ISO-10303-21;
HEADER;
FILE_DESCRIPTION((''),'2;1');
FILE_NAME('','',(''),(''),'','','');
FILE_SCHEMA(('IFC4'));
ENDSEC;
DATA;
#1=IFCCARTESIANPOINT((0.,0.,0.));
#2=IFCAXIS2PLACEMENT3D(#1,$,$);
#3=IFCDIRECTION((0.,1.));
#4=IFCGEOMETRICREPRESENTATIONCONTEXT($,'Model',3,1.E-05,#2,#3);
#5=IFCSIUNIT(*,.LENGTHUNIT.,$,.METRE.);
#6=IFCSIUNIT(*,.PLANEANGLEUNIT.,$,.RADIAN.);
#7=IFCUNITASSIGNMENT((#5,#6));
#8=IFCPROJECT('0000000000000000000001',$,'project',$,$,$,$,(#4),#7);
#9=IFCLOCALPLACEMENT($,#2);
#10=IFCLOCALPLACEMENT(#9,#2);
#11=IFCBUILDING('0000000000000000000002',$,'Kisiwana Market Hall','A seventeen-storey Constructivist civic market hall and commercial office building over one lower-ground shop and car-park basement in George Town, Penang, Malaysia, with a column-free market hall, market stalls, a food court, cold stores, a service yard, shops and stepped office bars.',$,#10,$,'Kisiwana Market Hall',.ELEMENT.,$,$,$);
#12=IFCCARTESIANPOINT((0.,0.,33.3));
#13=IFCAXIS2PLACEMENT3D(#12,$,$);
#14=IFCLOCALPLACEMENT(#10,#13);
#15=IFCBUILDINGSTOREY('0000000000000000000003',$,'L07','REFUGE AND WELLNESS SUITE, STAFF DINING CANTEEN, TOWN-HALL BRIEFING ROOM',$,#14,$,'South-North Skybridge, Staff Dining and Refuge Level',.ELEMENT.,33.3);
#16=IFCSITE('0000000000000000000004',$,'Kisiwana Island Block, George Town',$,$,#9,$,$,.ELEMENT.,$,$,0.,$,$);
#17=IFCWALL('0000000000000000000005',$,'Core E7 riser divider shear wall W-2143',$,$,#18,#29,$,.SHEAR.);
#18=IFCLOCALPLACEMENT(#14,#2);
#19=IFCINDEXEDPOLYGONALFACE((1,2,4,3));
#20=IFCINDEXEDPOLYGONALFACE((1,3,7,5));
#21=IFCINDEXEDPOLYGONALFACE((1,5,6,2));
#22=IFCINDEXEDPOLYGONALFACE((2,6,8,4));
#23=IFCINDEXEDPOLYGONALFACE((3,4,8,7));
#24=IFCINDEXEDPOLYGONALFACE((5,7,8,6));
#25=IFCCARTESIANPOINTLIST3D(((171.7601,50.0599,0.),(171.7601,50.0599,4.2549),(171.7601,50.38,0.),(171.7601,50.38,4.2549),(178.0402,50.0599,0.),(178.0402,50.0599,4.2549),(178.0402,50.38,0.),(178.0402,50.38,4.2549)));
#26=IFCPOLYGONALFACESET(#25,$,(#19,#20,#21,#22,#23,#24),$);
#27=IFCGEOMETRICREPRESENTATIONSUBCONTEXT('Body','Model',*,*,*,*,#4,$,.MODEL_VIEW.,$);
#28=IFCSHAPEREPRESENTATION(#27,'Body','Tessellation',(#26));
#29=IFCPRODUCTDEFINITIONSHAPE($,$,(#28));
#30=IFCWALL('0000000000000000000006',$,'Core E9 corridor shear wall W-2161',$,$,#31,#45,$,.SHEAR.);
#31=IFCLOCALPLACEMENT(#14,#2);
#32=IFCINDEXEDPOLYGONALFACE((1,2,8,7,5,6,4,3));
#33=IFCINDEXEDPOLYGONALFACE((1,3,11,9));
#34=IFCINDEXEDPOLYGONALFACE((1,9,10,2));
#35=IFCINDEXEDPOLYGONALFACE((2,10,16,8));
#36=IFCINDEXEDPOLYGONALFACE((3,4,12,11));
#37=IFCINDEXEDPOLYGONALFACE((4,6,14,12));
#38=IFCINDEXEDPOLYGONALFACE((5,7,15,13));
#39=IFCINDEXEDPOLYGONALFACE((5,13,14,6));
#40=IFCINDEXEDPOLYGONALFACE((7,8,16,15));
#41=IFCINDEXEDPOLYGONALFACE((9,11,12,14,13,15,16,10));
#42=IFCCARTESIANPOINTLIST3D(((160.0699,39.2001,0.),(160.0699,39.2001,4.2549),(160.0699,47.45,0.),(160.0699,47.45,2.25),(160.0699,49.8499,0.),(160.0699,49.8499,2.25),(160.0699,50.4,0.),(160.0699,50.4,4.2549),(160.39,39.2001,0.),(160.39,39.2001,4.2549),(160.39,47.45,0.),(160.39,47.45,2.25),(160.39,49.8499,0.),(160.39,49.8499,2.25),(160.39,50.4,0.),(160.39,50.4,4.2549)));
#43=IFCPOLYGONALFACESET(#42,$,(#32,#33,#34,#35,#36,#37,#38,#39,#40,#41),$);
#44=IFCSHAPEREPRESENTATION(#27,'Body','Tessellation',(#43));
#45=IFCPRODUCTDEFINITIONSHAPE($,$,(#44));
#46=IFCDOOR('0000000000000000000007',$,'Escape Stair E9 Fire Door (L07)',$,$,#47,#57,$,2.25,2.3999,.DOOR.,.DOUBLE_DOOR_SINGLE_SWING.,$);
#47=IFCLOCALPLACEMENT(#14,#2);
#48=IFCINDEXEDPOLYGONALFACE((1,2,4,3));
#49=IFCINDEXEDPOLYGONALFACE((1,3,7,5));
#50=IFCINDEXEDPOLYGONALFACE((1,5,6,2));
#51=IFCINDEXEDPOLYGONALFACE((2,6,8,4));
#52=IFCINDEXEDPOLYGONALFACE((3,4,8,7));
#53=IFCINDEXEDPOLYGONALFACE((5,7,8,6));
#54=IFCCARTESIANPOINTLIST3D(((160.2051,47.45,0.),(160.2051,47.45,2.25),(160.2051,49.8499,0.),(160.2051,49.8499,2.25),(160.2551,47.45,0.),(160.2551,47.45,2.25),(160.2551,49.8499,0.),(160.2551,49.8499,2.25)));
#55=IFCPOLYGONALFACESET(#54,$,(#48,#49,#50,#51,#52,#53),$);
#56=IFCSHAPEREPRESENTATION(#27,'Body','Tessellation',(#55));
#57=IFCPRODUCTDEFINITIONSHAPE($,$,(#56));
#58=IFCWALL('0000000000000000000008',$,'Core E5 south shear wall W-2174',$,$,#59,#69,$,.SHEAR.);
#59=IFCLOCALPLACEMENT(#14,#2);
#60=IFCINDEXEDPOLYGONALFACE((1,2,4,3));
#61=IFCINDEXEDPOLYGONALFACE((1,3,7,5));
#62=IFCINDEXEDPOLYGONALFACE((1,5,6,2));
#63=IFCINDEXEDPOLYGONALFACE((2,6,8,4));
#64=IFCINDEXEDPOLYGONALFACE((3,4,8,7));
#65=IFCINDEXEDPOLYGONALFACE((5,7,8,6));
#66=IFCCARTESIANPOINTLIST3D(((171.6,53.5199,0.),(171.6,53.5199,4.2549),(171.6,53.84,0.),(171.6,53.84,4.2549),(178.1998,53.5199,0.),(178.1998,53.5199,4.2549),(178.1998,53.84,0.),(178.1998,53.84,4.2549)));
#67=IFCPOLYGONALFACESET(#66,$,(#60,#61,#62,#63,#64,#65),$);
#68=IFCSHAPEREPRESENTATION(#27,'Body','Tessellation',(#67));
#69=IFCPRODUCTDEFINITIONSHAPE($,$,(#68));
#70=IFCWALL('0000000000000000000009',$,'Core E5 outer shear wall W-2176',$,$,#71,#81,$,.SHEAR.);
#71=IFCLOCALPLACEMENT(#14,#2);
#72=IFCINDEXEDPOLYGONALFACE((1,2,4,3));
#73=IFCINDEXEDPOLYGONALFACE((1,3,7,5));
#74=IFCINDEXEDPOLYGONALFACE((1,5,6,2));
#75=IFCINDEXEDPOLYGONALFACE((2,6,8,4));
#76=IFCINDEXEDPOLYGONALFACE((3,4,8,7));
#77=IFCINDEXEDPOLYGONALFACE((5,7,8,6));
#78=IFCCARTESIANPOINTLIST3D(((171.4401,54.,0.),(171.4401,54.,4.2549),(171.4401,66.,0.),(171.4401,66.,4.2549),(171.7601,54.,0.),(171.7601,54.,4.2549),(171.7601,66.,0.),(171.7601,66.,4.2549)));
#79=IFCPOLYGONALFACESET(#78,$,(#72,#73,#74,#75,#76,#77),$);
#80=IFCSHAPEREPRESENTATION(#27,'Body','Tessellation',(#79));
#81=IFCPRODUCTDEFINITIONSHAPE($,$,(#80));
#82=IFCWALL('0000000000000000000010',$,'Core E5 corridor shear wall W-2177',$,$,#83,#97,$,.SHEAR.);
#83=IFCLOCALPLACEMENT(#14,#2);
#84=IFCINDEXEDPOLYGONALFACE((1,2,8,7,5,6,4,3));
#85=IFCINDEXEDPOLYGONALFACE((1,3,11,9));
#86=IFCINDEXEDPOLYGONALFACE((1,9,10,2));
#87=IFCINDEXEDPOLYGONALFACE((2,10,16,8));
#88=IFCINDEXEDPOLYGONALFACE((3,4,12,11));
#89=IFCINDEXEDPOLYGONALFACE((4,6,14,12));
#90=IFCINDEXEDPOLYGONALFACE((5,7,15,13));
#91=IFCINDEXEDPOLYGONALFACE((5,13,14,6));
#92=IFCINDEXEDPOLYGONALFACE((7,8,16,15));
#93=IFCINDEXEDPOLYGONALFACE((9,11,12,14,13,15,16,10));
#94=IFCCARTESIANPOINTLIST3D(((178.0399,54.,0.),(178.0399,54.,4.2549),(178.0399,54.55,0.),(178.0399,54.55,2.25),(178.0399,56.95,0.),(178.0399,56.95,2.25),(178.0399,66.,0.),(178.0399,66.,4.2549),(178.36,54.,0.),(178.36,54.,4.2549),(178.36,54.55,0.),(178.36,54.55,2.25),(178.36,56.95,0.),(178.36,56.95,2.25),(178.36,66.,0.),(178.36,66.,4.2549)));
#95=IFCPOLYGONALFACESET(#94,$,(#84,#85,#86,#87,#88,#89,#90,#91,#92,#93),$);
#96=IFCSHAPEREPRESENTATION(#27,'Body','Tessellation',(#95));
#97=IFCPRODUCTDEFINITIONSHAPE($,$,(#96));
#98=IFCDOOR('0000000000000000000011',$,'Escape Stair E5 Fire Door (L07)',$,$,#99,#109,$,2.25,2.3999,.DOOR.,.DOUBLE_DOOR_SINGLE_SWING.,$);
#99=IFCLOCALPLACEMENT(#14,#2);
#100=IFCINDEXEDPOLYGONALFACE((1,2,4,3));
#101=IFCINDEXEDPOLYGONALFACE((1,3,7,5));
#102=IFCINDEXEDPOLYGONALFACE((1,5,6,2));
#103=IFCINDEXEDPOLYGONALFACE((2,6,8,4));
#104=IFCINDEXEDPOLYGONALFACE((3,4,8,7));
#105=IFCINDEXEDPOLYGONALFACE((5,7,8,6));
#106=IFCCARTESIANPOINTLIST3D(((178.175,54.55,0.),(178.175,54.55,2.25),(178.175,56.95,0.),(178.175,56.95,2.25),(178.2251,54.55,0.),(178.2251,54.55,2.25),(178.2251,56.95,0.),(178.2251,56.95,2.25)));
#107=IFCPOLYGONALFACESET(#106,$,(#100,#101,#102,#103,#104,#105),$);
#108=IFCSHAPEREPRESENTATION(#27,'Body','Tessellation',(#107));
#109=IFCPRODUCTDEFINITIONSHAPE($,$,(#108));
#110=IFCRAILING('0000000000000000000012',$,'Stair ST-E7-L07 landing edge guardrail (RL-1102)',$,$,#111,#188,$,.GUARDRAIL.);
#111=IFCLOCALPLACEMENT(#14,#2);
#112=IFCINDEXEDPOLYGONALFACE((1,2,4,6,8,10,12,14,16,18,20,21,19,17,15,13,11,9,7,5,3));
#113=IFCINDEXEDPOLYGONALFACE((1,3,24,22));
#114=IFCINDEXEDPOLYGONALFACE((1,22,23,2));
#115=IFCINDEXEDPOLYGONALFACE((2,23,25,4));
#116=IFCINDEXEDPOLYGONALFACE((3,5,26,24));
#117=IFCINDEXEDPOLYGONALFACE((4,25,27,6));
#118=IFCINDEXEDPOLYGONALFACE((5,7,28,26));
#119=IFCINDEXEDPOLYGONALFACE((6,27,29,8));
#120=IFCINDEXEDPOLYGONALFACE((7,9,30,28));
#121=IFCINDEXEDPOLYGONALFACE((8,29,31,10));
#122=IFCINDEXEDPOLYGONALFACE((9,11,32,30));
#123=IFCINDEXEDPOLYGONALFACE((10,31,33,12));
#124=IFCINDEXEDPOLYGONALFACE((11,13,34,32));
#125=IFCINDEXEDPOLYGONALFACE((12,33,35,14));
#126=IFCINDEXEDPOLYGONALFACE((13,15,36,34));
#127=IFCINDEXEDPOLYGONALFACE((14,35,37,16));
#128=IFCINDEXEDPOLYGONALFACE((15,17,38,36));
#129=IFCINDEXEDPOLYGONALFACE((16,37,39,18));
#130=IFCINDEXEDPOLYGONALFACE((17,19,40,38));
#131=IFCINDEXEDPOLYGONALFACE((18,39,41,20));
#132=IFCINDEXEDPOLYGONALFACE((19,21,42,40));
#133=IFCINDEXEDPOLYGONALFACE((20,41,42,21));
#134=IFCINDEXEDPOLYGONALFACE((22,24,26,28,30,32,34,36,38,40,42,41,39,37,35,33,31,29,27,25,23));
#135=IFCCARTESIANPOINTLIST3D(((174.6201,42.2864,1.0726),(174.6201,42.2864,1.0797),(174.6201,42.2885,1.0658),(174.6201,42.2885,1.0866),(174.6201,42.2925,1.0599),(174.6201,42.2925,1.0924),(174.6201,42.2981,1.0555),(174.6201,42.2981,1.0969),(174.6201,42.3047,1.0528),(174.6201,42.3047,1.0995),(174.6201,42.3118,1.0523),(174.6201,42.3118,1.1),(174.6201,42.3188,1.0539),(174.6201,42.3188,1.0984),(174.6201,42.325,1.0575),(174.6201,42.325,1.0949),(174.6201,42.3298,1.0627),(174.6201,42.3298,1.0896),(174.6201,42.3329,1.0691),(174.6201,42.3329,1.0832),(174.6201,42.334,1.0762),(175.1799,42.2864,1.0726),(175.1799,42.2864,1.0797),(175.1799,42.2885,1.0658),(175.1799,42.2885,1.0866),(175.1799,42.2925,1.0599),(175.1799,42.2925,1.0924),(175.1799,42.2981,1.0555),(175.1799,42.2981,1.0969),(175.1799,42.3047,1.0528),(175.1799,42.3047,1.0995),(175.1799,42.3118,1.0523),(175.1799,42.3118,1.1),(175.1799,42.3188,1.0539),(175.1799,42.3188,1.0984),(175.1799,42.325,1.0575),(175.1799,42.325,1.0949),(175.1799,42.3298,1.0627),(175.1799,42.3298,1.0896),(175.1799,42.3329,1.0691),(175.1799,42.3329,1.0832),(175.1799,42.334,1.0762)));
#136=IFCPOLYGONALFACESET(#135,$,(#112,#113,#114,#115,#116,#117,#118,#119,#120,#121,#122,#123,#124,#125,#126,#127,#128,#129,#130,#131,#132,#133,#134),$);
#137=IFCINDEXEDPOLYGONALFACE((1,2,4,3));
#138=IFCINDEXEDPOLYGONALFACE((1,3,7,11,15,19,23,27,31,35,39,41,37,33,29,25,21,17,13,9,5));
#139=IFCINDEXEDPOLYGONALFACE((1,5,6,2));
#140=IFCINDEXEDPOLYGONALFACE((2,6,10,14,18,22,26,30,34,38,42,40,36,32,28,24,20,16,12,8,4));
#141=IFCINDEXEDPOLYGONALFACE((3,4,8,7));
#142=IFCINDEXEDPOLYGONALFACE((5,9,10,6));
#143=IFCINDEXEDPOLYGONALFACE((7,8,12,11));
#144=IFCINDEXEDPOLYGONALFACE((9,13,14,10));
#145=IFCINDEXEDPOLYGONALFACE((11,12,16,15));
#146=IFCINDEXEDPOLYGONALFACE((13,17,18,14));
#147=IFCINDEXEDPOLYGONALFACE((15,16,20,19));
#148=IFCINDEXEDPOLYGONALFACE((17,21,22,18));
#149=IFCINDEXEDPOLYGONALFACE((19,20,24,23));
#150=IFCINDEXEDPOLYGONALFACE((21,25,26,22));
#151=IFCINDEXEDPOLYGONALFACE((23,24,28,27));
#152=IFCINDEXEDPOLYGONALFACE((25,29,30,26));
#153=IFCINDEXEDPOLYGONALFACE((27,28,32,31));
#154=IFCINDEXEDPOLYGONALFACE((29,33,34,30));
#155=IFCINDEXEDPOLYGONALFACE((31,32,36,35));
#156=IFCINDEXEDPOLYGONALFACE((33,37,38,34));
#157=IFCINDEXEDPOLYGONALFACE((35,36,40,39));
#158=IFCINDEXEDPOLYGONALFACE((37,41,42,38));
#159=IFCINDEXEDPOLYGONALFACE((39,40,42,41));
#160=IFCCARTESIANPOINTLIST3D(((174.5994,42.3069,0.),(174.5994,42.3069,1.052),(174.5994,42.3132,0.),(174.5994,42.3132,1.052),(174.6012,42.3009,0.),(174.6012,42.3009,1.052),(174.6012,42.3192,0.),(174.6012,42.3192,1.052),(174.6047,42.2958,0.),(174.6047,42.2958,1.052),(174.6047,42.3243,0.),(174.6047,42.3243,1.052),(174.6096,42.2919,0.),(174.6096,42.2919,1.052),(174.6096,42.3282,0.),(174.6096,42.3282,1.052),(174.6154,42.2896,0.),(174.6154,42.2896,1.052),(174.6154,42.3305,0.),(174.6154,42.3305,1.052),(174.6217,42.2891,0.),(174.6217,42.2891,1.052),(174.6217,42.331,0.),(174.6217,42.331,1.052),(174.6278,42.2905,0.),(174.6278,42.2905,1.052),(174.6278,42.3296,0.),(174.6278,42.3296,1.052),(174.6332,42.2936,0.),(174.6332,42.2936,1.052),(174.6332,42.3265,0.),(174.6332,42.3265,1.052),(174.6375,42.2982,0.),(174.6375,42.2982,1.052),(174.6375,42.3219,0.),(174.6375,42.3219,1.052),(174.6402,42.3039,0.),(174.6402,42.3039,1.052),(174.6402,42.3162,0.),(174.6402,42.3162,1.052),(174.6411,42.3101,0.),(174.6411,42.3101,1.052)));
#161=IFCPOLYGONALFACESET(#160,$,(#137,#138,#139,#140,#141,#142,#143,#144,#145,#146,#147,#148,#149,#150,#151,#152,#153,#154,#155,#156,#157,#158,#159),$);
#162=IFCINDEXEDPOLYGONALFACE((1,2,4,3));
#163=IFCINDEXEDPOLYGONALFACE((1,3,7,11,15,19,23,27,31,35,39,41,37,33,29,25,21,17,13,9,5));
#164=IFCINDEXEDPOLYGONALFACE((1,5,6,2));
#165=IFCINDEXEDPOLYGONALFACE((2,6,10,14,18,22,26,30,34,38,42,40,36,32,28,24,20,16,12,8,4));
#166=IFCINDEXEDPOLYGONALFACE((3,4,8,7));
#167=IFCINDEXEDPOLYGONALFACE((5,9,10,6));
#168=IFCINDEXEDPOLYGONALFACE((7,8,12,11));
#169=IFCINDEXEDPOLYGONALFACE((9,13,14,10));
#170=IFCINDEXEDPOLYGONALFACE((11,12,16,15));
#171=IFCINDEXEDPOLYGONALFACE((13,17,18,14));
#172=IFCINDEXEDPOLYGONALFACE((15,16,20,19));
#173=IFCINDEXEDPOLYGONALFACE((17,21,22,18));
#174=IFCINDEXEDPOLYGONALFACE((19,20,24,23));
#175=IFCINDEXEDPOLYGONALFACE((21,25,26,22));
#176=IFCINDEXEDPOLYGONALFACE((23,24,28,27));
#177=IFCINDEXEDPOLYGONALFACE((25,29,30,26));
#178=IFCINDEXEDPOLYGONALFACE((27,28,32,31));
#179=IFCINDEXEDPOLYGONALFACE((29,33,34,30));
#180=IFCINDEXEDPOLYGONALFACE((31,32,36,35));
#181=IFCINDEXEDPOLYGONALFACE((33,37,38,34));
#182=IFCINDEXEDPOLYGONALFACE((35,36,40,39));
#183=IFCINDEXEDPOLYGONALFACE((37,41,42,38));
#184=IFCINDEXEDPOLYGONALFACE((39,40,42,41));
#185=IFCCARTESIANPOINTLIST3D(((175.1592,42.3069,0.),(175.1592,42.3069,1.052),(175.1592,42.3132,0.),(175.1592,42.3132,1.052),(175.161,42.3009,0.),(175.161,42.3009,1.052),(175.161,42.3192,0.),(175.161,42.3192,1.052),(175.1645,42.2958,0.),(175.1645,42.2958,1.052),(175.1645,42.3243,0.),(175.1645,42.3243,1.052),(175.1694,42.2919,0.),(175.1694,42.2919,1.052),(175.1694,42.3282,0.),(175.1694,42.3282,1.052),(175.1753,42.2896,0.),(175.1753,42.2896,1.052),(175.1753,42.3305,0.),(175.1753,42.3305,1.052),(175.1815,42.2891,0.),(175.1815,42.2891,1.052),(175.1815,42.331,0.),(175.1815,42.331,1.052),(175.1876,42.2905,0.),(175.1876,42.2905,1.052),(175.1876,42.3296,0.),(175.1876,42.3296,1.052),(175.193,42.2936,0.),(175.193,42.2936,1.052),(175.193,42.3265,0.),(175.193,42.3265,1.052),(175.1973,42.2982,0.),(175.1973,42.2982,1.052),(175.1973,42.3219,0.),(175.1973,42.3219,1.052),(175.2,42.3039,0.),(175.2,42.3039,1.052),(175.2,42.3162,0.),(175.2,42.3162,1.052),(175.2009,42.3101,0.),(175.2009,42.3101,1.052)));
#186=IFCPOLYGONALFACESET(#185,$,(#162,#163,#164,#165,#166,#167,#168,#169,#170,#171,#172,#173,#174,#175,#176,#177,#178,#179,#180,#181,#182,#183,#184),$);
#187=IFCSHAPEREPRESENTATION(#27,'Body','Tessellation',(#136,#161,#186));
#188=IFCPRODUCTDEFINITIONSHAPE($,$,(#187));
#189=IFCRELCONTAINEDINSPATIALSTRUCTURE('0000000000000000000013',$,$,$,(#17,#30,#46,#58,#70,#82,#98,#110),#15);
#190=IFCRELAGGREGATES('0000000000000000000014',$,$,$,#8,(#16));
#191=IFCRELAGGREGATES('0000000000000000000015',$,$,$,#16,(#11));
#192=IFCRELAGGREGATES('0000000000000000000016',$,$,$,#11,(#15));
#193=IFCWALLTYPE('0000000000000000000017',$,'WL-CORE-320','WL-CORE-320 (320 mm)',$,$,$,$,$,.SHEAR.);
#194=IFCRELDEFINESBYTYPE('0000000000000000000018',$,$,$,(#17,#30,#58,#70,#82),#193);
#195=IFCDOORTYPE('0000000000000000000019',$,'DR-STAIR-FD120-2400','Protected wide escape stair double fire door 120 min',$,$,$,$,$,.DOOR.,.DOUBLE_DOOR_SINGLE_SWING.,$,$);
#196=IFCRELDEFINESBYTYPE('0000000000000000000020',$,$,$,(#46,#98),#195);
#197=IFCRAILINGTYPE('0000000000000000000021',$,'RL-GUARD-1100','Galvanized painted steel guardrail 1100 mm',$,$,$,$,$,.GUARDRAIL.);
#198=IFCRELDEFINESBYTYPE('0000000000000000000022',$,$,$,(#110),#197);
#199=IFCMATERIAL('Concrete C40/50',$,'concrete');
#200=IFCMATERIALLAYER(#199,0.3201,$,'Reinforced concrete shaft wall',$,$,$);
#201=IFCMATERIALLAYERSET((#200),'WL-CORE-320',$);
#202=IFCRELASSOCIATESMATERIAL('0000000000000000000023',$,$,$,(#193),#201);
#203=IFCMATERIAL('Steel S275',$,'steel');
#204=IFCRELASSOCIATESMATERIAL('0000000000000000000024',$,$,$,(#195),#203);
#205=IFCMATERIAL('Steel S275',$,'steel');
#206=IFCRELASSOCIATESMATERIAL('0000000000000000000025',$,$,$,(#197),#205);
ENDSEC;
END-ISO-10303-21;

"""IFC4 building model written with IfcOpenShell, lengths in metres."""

from ifc_helpers import new_model, si_unit, direction, frame, frame_2d, origin, origin_2d, place, context, subcontext, project, spatial, rectangle, circle, extrude, material, layer, layer_set, type_object, element, fill, save


model = new_model("IFC4")

# Units and contexts
model_context = context("Model", 3, precision=1e-05, world=origin(), true_north=direction((0.0, 1.0)))
body_context = subcontext(model_context, "Body", "Model", "MODEL_VIEW")
ifc_project = project(units=[si_unit("LENGTHUNIT", "METRE"), si_unit("PLANEANGLEUNIT", "RADIAN")], contexts=[model_context])

# Site, building, storey
site_placement = place(None, origin())
site = spatial("IfcSite", under=ifc_project, at=site_placement, Name="Kisiwana Island Block, George Town", CompositionType="ELEMENT", RefElevation=0.0)
building_placement = place(site_placement, origin())
building = spatial("IfcBuilding", under=site, at=building_placement, Name="Kisiwana Market Hall", Description="A seventeen-storey Constructivist civic market hall and commercial office building over one lower-ground shop and car-park basement in George Town, Penang, Malaysia, with a column-free market hall, market stalls, a food court, cold stores, a service yard, shops and stepped office bars.", LongName="Kisiwana Market Hall", CompositionType="ELEMENT")
storey_placement = place(building_placement, frame((0.0, 0.0, 33.3)))
storey = spatial("IfcBuildingStorey", under=building, at=storey_placement, Name="L07", Description="REFUGE AND WELLNESS SUITE, STAFF DINING CANTEEN, TOWN-HALL BRIEFING ROOM", LongName="South-North Skybridge, Staff Dining and Refuge Level", CompositionType="ELEMENT", Elevation=33.3)

# Shared definitions
ifc_material_1 = material(Name="Concrete C40/50", Category="concrete")
ifc_layer = layer(ifc_material_1, 0.3201, Name="Reinforced concrete shaft wall")
ifc_layer_set = layer_set([ifc_layer], Name="WL-CORE-320")
wall_type = type_object("IfcWallType", Name="WL-CORE-320", Description="WL-CORE-320 (320 mm)", PredefinedType="SHEAR", material=ifc_layer_set)

# Shared definitions
ifc_material_2 = material(Name="Steel S275", Category="steel")
door_type = type_object("IfcDoorType", Name="DR-STAIR-FD120-2400", Description="Protected wide escape stair double fire door 120 min", OperationType="DOUBLE_DOOR_SINGLE_SWING", PredefinedType="DOOR", material=ifc_material_2)

# Wall
wall_1_placement = place(storey_placement, frame((171.76, 50.22, 0.0), z_axis=(0.0, 0.0, 1.0), x_axis=(1.0, 0.0, 0.0)))
element("IfcWall", 1, at=wall_1_placement, inside=storey, type_object=wall_type, Name="Core E7 riser divider shear wall W-2143", PredefinedType="SHEAR", context=body_context, shape_type="SweptSolid", body=[
    extrude(rectangle(XDim=6.28, YDim=0.3201, at=frame_2d((3.1401, 0.0))), origin(), (0.0, 0.0, 1.0), 4.2549),
])

# Wall, opening, door
wall_2_placement = place(storey_placement, frame((160.23, 39.2, 0.0), z_axis=(0.0, 0.0, 1.0), x_axis=(0.0, 1.0, 0.0)))
wall_2 = element("IfcWall", 2, at=wall_2_placement, inside=storey, type_object=wall_type, Name="Core E9 corridor shear wall W-2161", PredefinedType="SHEAR", context=body_context, shape_type="SweptSolid", body=[
    extrude(rectangle(XDim=11.2, YDim=0.3201, at=frame_2d((5.6001, 0.0))), origin(), (0.0, 0.0, 1.0), 4.2549),
])
opening_1_placement = place(wall_2_placement, frame((8.25, 0.0, 0.0)))
opening_1 = element("IfcOpeningElement", 3, at=opening_1_placement, cuts=wall_2, PredefinedType="OPENING", context=body_context, shape_type="SweptSolid", body=[
    extrude(rectangle(XDim=2.3999, YDim=2.25, at=frame_2d((1.2, 1.125))), frame((0.0, 0.1719, 0.0), z_axis=(0.0, -1.0, 0.0), x_axis=(1.0, 0.0, 0.0)), (0.0, 0.0, 1.0), 0.344),
])
door_1_placement = place(opening_1_placement, origin())
door_1 = element("IfcDoor", 4, at=door_1_placement, inside=storey, type_object=door_type, Name="Escape Stair E9 Fire Door (L07)", OperationType="DOUBLE_DOOR_SINGLE_SWING", OverallHeight=2.25, OverallWidth=2.3999, PredefinedType="DOOR", context=body_context, shape_type="SweptSolid", body=[
    extrude(rectangle(XDim=2.3999, YDim=2.25, at=frame_2d((1.2, 1.125))), frame((0.0, 0.0249, 0.0), z_axis=(0.0, -1.0, 0.0), x_axis=(1.0, 0.0, 0.0)), (0.0, 0.0, 1.0), 0.05),
])
fill(opening_1, door_1)

# Walls
wall_3_placement = place(storey_placement, frame((171.6001, 53.6799, 0.0), z_axis=(0.0, 0.0, 1.0), x_axis=(1.0, 0.0, 0.0)))
element("IfcWall", 5, at=wall_3_placement, inside=storey, type_object=wall_type, Name="Core E5 south shear wall W-2174", PredefinedType="SHEAR", context=body_context, shape_type="SweptSolid", body=[
    extrude(rectangle(XDim=6.5999, YDim=0.3201, at=frame_2d((3.2998, 0.0))), origin(), (0.0, 0.0, 1.0), 4.2549),
])
wall_4_placement = place(storey_placement, frame((171.6001, 54.0, 0.0), z_axis=(0.0, 0.0, 1.0), x_axis=(0.0, 1.0, 0.0)))
element("IfcWall", 6, at=wall_4_placement, inside=storey, type_object=wall_type, Name="Core E5 outer shear wall W-2176", PredefinedType="SHEAR", context=body_context, shape_type="SweptSolid", body=[
    extrude(rectangle(XDim=12.0, YDim=0.3201, at=frame_2d((6.0, 0.0))), origin(), (0.0, 0.0, 1.0), 4.2549),
])

# Wall, opening, door
wall_5_placement = place(storey_placement, frame((178.2, 54.0, 0.0), z_axis=(0.0, 0.0, 1.0), x_axis=(0.0, 1.0, 0.0)))
wall_5 = element("IfcWall", 7, at=wall_5_placement, inside=storey, type_object=wall_type, Name="Core E5 corridor shear wall W-2177", PredefinedType="SHEAR", context=body_context, shape_type="SweptSolid", body=[
    extrude(rectangle(XDim=12.0, YDim=0.3201, at=frame_2d((6.0, 0.0))), origin(), (0.0, 0.0, 1.0), 4.2549),
])
opening_2_placement = place(wall_5_placement, frame((0.55, 0.0, 0.0)))
opening_2 = element("IfcOpeningElement", 8, at=opening_2_placement, cuts=wall_5, PredefinedType="OPENING", context=body_context, shape_type="SweptSolid", body=[
    extrude(rectangle(XDim=2.3999, YDim=2.25, at=frame_2d((1.2, 1.125))), frame((0.0, 0.1719, 0.0), z_axis=(0.0, -1.0, 0.0), x_axis=(1.0, 0.0, 0.0)), (0.0, 0.0, 1.0), 0.344),
])
door_2_placement = place(opening_2_placement, origin())
door_2 = element("IfcDoor", 9, at=door_2_placement, inside=storey, type_object=door_type, Name="Escape Stair E5 Fire Door (L07)", OperationType="DOUBLE_DOOR_SINGLE_SWING", OverallHeight=2.25, OverallWidth=2.3999, PredefinedType="DOOR", context=body_context, shape_type="SweptSolid", body=[
    extrude(rectangle(XDim=2.3999, YDim=2.25, at=frame_2d((1.2, 1.125))), frame((0.0, 0.0249, 0.0), z_axis=(0.0, -1.0, 0.0), x_axis=(1.0, 0.0, 0.0)), (0.0, 0.0, 1.0), 0.05),
])
fill(opening_2, door_2)

# Railing
ifc_material_3 = material(Name="Steel S275", Category="steel")
railing_type_1 = type_object("IfcRailingType", Name="RL-GUARD-1100", Description="Galvanized painted steel guardrail 1100 mm", PredefinedType="GUARDRAIL", material=ifc_material_3)
for number, where, name in (
    (10, (174.6201, 42.3101, 0.0), "Stair ST-E7-L07 landing edge guardrail (RL-1102)"),
):
    element("IfcRailing", number, at=place(storey_placement, frame(where)), inside=storey, type_object=railing_type_1, Name=name, PredefinedType="GUARDRAIL", context=body_context, shape_type="SweptSolid", body=[
        extrude(circle(Radius=0.0239, at=origin_2d()), frame((0.0, 0.0, 1.0762), z_axis=(1.0, 0.0, 0.0), x_axis=(0.0, 1.0, 0.0)), (0.0, 0.0, 1.0), 0.5598),
        extrude(circle(Radius=0.021, at=origin_2d()), origin(), (0.0, 0.0, 1.0), 1.052),
        extrude(circle(Radius=0.021, at=origin_2d()), frame((0.5598, 0.0, 0.0)), (0.0, 0.0, 1.0), 1.052),
    ])

save(model, "model.ifc")
